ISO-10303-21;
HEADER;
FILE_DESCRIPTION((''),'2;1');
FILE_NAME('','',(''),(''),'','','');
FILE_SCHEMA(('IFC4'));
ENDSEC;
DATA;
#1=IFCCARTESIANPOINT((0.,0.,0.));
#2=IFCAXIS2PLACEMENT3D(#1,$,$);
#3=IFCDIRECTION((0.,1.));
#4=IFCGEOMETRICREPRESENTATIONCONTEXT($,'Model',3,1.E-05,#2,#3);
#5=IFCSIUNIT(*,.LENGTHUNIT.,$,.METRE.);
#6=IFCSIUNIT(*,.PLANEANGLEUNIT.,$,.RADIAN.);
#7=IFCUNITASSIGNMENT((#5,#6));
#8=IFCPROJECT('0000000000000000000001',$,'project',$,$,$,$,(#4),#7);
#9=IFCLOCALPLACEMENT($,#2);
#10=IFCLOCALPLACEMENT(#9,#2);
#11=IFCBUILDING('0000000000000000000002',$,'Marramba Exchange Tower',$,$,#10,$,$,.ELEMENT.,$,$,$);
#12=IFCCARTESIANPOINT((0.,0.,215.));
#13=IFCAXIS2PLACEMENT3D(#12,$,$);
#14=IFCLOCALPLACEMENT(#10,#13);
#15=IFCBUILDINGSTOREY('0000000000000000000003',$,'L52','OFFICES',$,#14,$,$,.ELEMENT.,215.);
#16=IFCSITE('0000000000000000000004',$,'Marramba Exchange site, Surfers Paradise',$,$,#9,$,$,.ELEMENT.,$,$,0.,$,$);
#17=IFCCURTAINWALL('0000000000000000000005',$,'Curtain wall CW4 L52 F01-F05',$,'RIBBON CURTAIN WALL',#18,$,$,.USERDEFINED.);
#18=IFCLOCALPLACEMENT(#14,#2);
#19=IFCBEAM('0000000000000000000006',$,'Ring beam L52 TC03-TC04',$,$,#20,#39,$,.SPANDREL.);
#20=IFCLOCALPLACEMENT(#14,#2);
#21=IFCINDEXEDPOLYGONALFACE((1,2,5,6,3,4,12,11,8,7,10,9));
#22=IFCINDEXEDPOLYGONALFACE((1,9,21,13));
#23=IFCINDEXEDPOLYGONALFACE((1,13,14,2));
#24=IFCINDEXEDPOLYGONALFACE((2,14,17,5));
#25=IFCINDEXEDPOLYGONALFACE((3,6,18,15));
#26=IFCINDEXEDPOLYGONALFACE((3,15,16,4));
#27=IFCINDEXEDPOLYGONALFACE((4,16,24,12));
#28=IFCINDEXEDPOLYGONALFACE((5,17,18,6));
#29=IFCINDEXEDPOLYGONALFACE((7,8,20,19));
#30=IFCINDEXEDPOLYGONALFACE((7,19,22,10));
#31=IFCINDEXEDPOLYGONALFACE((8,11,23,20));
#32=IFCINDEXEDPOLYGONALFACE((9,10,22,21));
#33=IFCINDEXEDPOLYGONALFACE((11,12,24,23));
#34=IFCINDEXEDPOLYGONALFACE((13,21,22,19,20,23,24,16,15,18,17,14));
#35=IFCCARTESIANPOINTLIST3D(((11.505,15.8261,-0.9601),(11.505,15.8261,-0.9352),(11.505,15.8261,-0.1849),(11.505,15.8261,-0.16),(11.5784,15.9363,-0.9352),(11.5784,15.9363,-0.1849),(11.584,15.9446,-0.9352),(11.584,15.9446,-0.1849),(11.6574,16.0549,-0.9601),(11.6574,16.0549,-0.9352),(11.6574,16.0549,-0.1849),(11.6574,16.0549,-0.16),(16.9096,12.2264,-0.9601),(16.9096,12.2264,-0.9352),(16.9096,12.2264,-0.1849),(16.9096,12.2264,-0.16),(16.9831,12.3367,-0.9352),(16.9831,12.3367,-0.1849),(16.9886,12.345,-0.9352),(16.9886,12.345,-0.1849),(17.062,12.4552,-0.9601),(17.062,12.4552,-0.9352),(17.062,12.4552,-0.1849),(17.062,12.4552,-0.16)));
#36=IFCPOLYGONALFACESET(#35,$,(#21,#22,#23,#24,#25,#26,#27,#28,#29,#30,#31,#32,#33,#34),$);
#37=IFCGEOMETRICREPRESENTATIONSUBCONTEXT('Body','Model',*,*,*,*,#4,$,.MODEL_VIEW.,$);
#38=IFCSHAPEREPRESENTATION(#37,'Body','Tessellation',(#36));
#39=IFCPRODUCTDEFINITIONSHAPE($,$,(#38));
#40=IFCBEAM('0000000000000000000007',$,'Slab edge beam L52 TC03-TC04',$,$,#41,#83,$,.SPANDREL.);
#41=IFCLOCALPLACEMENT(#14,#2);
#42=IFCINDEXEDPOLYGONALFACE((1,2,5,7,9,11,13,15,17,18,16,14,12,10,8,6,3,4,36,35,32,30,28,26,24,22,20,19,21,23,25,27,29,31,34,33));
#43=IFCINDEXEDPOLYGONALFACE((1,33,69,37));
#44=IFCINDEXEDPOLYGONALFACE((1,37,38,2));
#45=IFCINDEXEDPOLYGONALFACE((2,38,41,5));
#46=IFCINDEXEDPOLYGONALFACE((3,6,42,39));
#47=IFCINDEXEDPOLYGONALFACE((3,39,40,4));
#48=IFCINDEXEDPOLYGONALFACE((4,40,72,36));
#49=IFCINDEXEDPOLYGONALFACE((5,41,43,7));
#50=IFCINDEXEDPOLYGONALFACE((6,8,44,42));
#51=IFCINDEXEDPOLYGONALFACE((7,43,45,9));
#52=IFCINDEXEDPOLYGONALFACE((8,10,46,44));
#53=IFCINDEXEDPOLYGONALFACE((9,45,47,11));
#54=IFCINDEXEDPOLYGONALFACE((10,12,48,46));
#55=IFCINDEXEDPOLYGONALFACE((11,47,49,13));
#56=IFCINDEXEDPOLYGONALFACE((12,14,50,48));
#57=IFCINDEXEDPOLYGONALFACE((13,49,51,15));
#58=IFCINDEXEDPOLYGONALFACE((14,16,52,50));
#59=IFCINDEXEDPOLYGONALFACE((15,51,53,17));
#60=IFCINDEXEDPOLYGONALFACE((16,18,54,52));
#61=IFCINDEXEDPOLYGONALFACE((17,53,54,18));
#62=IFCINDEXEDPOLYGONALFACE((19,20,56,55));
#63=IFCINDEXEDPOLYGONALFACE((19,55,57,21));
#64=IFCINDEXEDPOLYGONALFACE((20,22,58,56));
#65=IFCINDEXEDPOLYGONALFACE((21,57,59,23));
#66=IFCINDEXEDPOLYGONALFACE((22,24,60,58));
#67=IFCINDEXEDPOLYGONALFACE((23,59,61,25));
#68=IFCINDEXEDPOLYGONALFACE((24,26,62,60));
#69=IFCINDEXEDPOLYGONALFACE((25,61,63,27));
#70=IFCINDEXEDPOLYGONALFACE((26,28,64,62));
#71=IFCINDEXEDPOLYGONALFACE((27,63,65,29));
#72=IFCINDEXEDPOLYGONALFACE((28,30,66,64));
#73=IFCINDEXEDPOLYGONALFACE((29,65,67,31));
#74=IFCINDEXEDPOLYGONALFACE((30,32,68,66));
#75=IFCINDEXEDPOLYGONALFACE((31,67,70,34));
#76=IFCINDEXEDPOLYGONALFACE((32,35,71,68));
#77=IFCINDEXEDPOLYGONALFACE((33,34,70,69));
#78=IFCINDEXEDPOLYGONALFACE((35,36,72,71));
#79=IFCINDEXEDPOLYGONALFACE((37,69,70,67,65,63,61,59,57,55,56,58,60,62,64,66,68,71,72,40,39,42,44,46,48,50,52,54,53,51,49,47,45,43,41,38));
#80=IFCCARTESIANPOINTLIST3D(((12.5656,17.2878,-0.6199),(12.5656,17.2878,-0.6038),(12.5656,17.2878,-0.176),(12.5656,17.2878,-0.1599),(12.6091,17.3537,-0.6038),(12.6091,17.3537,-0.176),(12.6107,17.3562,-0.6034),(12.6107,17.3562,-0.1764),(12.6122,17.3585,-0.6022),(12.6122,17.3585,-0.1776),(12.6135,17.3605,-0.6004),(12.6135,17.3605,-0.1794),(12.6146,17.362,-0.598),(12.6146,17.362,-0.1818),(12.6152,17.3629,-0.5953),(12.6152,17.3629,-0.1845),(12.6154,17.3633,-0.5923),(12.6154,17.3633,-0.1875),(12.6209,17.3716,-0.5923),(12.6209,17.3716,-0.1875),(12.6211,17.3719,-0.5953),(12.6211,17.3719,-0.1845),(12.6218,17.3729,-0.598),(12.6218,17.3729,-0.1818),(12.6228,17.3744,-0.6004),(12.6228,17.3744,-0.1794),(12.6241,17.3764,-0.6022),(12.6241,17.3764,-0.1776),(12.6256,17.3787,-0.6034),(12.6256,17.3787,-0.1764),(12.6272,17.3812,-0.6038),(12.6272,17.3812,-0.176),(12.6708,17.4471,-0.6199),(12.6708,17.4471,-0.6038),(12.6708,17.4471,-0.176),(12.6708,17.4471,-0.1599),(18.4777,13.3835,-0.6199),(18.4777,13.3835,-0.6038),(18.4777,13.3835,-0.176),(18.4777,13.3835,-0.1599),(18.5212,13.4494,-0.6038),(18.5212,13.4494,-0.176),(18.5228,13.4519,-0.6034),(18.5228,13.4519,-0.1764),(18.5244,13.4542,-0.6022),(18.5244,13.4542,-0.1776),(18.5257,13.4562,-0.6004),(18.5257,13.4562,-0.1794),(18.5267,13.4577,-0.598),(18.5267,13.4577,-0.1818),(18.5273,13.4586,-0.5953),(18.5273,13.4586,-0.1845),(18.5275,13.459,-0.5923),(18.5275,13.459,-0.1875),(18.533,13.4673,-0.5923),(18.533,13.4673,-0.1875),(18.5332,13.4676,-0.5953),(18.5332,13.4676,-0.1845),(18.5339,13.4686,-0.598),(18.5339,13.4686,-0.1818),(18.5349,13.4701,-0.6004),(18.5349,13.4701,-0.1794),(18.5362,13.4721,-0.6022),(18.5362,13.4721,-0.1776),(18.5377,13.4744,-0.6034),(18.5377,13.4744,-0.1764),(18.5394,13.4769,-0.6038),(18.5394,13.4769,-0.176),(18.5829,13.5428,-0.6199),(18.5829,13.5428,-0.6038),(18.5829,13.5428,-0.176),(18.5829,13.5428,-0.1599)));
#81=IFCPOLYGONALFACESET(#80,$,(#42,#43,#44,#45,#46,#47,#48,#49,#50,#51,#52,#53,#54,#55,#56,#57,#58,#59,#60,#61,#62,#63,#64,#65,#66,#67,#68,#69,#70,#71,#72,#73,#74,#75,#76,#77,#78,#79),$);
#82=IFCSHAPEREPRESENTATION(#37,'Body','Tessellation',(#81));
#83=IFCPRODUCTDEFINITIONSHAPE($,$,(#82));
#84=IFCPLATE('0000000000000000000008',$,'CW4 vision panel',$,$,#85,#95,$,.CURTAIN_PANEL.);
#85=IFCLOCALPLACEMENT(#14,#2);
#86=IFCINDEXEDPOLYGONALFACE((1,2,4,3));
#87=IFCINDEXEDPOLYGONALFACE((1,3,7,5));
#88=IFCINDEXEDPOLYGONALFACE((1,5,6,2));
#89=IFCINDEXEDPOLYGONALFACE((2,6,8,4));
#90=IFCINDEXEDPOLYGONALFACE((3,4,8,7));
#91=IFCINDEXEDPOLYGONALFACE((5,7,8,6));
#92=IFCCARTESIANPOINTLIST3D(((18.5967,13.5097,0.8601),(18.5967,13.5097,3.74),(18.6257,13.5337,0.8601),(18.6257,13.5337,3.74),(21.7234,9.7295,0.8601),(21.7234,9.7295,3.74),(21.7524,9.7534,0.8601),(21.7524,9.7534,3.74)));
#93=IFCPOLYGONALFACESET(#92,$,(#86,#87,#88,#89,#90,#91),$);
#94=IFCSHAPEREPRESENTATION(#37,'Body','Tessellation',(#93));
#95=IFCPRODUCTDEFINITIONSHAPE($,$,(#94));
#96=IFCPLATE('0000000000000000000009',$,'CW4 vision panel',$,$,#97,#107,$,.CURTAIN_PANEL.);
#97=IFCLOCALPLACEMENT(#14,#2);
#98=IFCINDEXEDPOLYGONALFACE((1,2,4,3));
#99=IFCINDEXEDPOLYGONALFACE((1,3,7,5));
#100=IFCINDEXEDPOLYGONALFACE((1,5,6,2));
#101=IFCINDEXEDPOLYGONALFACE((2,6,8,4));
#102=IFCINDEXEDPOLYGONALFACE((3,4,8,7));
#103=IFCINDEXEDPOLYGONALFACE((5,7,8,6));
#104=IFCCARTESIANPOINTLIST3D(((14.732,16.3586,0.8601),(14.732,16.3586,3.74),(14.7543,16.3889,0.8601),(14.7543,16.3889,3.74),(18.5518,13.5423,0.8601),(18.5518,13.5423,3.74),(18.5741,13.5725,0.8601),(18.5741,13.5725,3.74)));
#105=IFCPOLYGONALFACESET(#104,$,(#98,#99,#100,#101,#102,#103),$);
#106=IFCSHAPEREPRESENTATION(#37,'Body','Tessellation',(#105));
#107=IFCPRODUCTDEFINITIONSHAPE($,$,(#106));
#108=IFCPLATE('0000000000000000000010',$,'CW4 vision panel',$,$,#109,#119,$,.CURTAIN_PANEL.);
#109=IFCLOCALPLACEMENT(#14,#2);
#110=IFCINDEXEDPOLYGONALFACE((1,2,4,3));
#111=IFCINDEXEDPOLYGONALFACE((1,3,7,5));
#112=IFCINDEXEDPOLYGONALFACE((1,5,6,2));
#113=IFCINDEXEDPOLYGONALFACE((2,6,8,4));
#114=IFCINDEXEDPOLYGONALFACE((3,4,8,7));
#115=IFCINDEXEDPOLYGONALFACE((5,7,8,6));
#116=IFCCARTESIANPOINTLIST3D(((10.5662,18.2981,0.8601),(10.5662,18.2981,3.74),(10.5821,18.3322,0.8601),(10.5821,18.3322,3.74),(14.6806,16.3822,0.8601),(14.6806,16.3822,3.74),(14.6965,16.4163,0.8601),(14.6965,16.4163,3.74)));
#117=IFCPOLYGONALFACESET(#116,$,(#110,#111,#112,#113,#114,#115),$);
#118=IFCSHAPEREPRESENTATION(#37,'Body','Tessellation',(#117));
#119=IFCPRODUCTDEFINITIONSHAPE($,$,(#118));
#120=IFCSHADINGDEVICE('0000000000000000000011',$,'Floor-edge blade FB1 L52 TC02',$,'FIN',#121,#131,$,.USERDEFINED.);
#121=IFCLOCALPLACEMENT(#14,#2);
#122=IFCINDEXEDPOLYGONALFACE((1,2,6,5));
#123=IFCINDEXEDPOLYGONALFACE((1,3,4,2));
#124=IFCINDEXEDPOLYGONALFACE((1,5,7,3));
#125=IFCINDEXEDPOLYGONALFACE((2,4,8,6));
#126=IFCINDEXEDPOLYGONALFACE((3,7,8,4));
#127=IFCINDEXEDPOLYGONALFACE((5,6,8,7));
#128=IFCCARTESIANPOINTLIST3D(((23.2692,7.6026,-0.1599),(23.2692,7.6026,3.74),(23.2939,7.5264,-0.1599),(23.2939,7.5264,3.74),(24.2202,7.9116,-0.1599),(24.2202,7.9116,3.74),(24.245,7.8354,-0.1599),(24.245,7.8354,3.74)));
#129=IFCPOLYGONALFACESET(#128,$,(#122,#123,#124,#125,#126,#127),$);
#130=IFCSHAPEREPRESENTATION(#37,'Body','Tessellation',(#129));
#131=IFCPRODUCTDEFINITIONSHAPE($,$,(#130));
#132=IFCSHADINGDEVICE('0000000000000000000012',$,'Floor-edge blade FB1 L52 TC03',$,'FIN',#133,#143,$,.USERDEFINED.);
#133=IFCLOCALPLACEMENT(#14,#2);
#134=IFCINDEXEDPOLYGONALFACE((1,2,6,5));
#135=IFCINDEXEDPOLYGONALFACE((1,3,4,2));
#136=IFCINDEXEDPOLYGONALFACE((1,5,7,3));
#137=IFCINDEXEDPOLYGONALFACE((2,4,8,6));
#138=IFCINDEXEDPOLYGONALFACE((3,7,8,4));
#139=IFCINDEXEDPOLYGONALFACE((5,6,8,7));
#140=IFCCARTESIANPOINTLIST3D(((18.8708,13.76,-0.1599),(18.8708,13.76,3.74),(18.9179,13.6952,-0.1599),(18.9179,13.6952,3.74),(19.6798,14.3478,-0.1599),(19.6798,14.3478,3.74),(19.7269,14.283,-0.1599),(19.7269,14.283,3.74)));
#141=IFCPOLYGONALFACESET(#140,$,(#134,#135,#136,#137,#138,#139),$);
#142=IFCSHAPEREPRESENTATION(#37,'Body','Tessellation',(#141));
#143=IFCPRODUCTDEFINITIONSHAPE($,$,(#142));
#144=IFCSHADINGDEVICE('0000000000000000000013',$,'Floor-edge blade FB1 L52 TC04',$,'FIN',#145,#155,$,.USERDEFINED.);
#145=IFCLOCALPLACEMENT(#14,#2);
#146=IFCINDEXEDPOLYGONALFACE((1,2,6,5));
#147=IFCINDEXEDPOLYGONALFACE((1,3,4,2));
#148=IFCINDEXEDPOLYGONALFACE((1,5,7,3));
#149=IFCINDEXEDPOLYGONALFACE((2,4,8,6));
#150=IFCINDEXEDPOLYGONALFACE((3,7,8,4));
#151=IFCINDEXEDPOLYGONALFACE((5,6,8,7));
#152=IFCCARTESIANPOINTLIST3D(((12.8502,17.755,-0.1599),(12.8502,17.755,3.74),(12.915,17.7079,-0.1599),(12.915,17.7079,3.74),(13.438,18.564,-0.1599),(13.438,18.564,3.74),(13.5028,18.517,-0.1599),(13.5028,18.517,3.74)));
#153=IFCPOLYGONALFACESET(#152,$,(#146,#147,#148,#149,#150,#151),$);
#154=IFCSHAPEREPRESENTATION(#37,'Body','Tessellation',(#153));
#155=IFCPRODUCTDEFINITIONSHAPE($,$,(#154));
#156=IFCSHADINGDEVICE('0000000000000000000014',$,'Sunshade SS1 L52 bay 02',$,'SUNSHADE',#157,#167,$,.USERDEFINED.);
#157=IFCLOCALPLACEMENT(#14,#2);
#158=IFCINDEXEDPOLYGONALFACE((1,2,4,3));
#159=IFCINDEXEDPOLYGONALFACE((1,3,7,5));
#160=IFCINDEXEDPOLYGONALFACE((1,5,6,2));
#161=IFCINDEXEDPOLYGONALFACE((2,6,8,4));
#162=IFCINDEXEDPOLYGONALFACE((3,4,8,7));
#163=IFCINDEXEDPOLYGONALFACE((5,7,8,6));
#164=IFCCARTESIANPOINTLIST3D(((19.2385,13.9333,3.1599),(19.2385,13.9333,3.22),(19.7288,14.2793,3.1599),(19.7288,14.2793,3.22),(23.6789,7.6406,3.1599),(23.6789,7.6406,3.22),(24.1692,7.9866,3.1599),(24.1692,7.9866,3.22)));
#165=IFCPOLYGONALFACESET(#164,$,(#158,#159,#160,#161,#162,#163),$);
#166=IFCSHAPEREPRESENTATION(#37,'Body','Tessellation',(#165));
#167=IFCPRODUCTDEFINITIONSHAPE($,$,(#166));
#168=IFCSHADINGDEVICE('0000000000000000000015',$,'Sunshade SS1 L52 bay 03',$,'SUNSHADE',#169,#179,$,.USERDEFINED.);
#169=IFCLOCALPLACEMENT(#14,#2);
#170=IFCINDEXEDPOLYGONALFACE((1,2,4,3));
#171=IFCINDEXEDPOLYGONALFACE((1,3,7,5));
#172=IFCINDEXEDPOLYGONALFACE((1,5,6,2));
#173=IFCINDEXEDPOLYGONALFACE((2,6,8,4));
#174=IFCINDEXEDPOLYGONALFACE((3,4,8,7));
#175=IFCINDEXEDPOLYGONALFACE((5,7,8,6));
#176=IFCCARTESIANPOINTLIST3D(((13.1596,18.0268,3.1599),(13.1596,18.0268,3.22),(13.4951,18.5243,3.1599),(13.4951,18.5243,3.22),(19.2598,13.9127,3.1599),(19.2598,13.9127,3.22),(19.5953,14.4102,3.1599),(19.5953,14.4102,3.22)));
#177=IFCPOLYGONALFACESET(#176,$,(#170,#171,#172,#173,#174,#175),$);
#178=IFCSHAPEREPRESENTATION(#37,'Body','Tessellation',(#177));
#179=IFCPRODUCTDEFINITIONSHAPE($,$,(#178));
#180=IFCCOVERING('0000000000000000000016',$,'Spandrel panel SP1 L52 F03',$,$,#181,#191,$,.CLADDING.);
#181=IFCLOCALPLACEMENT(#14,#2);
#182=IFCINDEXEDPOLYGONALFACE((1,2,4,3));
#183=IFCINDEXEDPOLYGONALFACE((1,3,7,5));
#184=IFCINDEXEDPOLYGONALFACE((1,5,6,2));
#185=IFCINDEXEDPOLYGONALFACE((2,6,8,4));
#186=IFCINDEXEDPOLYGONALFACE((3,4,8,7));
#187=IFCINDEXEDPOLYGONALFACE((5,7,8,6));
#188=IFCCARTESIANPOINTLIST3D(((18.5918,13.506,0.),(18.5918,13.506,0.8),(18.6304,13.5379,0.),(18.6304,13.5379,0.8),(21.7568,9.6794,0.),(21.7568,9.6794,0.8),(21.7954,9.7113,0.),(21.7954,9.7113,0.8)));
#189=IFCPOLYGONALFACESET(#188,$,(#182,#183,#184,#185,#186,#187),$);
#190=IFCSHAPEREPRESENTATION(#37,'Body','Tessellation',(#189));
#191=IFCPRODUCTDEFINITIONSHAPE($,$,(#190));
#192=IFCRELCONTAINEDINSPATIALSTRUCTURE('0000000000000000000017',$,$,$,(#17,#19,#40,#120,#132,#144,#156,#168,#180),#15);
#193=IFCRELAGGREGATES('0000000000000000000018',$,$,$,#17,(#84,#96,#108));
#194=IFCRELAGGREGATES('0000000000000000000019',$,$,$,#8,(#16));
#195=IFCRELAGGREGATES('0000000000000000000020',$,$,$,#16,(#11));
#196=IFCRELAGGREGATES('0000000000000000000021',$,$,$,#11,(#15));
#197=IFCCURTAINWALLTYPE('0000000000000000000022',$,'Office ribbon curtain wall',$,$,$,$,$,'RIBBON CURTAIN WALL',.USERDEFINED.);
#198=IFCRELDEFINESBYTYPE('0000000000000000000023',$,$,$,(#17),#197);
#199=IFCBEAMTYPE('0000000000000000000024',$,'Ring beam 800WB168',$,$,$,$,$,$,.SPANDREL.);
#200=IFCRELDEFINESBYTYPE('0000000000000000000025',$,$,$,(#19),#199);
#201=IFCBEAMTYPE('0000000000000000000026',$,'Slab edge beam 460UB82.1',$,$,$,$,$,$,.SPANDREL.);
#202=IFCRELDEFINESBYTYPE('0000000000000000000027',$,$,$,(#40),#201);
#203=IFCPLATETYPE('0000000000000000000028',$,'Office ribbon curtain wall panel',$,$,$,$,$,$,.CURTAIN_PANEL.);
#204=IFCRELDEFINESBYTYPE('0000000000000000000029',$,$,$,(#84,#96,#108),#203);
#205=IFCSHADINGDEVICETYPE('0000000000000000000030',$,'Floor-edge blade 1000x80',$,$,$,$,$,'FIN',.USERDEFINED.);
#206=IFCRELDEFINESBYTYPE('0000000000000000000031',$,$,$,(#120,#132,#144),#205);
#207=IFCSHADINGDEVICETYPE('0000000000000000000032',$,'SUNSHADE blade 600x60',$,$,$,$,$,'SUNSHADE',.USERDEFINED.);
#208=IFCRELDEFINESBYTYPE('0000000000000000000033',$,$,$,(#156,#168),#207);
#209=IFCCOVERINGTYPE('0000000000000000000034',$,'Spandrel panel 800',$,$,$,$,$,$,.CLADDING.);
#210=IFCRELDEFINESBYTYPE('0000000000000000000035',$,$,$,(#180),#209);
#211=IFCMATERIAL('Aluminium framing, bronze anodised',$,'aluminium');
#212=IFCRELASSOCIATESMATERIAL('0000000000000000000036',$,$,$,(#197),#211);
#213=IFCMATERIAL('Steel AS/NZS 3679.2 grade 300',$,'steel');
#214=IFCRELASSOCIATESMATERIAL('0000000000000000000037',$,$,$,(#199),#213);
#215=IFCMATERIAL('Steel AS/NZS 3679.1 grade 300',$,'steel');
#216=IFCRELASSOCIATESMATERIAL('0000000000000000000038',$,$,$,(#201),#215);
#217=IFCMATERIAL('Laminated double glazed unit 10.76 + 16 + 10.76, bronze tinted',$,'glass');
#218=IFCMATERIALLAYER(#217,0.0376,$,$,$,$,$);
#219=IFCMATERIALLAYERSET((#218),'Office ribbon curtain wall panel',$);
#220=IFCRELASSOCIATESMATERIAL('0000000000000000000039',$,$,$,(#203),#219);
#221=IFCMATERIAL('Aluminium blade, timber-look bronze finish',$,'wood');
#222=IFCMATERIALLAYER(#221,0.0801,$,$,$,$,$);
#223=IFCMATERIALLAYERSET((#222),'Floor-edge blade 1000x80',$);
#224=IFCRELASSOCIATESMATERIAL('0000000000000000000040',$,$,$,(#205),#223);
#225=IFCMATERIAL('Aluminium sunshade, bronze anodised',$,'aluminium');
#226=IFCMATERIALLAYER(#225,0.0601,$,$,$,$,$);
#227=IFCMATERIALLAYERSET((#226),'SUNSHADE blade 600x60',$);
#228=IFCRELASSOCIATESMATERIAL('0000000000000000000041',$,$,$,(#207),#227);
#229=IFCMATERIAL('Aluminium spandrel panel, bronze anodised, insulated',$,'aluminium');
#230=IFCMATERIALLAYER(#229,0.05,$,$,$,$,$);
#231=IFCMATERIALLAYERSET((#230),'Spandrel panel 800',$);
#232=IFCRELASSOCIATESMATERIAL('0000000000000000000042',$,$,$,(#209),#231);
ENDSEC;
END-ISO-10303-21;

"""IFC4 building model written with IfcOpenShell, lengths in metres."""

from ifc_helpers import new_model, si_unit, direction, frame, origin, origin_2d, place, context, subcontext, project, spatial, rectangle, i_section, extrude, material, layer, layer_set, material_profile, profile_set, type_object, element, aggregate, save


model = new_model("IFC4")

# Units and contexts
model_context = context("Model", 3, precision=1e-05, world=origin(), true_north=direction((0.0, 1.0)))
body_context = subcontext(model_context, "Body", "Model", "MODEL_VIEW")
ifc_project = project(units=[si_unit("LENGTHUNIT", "METRE"), si_unit("PLANEANGLEUNIT", "RADIAN")], contexts=[model_context])

# Site, building, storey
site_placement = place(None, origin())
site = spatial("IfcSite", under=ifc_project, at=site_placement, Name="Marramba Exchange site, Surfers Paradise", CompositionType="ELEMENT", RefElevation=0.0)
building_placement = place(site_placement, origin())
building = spatial("IfcBuilding", under=site, at=building_placement, Name="Marramba Exchange Tower", CompositionType="ELEMENT")
storey_placement = place(building_placement, frame((0.0, 0.0, 215.0)))
storey = spatial("IfcBuildingStorey", under=building, at=storey_placement, Name="L52", Description="OFFICES", CompositionType="ELEMENT", Elevation=215.0)

# Shared definitions
ifc_material_1 = material(Name="Steel AS/NZS 3679.2 grade 300", Category="steel")
ifc_material_2 = material(Name="Steel AS/NZS 3679.1 grade 300", Category="steel")

# Curtain wall
ifc_material_3 = material(Name="Aluminium framing, bronze anodised", Category="aluminium")
curtain_wall_type = type_object("IfcCurtainWallType", Name="Office ribbon curtain wall", ElementType="RIBBON CURTAIN WALL", PredefinedType="USERDEFINED", material=ifc_material_3)
curtain_wall_placement = place(storey_placement, origin())
curtain_wall = element("IfcCurtainWall", 1, at=curtain_wall_placement, inside=storey, type_object=curtain_wall_type, Name="Curtain wall CW4 L52 F01-F05", ObjectType="RIBBON CURTAIN WALL", PredefinedType="USERDEFINED")

# Beams
ifc_material_profile_1 = material_profile(ifc_material_1, i_section(OverallWidth=0.2749, OverallDepth=0.8, WebThickness=0.01, FlangeThickness=0.0249, at=origin_2d()), Name="800WB168")
ifc_profile_set_1 = profile_set([ifc_material_profile_1], Name="Steel AS/NZS 3679.2 grade 300")
beam_type_1 = type_object("IfcBeamType", Name="Ring beam 800WB168", PredefinedType="SPANDREL", material=ifc_profile_set_1)
beam_1_placement = place(storey_placement, frame((16.9858, 12.3408, -0.5601), z_axis=(-0.832293, 0.554336, 0.0), x_axis=(-0.554336, -0.832293, 0.0)))
element("IfcBeam", 2, at=beam_1_placement, inside=storey, type_object=beam_type_1, Name="Ring beam L52 TC03-TC04", PredefinedType="SPANDREL", context=body_context, shape_type="SweptSolid", body=[
    extrude(i_section(OverallWidth=0.2749, OverallDepth=0.8, WebThickness=0.01, FlangeThickness=0.0249, at=origin_2d()), origin(), (0.0, 0.0, 1.0), 6.4937),
])
ifc_material_profile_2 = material_profile(ifc_material_2, i_section(OverallWidth=0.1909, OverallDepth=0.46, WebThickness=0.01, FlangeThickness=0.0161, FilletRadius=0.0115, at=origin_2d()), Name="460UB82.1")
ifc_profile_set_2 = profile_set([ifc_material_profile_2], Name="Steel AS/NZS 3679.1 grade 300")
beam_type_2 = type_object("IfcBeamType", Name="Slab edge beam 460UB82.1", PredefinedType="SPANDREL", material=ifc_profile_set_2)
beam_2_placement = place(storey_placement, frame((18.5303, 13.4631, -0.3899), z_axis=(-0.83446, 0.551069, 0.0), x_axis=(-0.551069, -0.83446, 0.0)))
element("IfcBeam", 3, at=beam_2_placement, inside=storey, type_object=beam_type_2, Name="Slab edge beam L52 TC03-TC04", PredefinedType="SPANDREL", context=body_context, shape_type="SweptSolid", body=[
    extrude(i_section(OverallWidth=0.1909, OverallDepth=0.46, WebThickness=0.01, FlangeThickness=0.0161, FilletRadius=0.0115, at=origin_2d()), origin(), (0.0, 0.0, 1.0), 7.085),
])

# Plates
ifc_material_4 = material(Name="Laminated double glazed unit 10.76 + 16 + 10.76, bronze tinted", Category="glass")
ifc_layer_1 = layer(ifc_material_4, 0.0376)
ifc_layer_set_1 = layer_set([ifc_layer_1], Name="Office ribbon curtain wall panel")
plate_type = type_object("IfcPlateType", Name="Office ribbon curtain wall panel", PredefinedType="CURTAIN_PANEL", material=ifc_layer_set_1)
plate_1_placement = place(storey_placement, frame((20.1746, 11.6316, 0.8601), z_axis=(0.0, 0.0, 1.0), x_axis=(-0.63735, 0.770574, 0.0)))
plate_1 = element("IfcPlate", 4, at=plate_1_placement, type_object=plate_type, Name="CW4 vision panel", PredefinedType="CURTAIN_PANEL", context=body_context, shape_type="SweptSolid", body=[
    extrude(rectangle(XDim=4.9058, YDim=0.0376, at=origin_2d()), origin(), (0.0, 0.0, 1.0), 2.8799),
])
plate_2_placement = place(storey_placement, frame((16.6531, 14.9656, 0.8601), z_axis=(0.0, 0.0, 1.0), x_axis=(-0.804877, 0.593441, 0.0)))
plate_2 = element("IfcPlate", 5, at=plate_2_placement, type_object=plate_type, Name="CW4 vision panel", PredefinedType="CURTAIN_PANEL", context=body_context, shape_type="SweptSolid", body=[
    extrude(rectangle(XDim=4.7458, YDim=0.0376, at=origin_2d()), origin(), (0.0, 0.0, 1.0), 2.8799),
])
plate_3_placement = place(storey_placement, frame((12.6313, 17.3572, 0.8601), z_axis=(0.0, 0.0, 1.0), x_axis=(-0.906534, 0.422133, 0.0)))
plate_3 = element("IfcPlate", 6, at=plate_3_placement, type_object=plate_type, Name="CW4 vision panel", PredefinedType="CURTAIN_PANEL", context=body_context, shape_type="SweptSolid", body=[
    extrude(rectangle(XDim=4.5386, YDim=0.0376, at=origin_2d()), origin(), (0.0, 0.0, 1.0), 2.8799),
])
aggregate(curtain_wall, [plate_1, plate_2, plate_3])

# Shading devices
ifc_material_5 = material(Name="Aluminium blade, timber-look bronze finish", Category="wood")
ifc_layer_2 = layer(ifc_material_5, 0.0801)
ifc_layer_set_2 = layer_set([ifc_layer_2], Name="Floor-edge blade 1000x80")
shading_device_type_1 = type_object("IfcShadingDeviceType", Name="Floor-edge blade 1000x80", ElementType="FIN", PredefinedType="USERDEFINED", material=ifc_layer_set_2)
for number, where, z_axis, x_axis, name in (
    (7, (23.7571, 7.719, -0.1599), (0.0, 0.0, 1.0), (0.951057, 0.309017, 0.0), "Floor-edge blade FB1 L52 TC02"),
    (8, (19.2988, 14.0215, -0.1599), (0.0, 0.0, 1.0), (0.809017, 0.587785, 0.0), "Floor-edge blade FB1 L52 TC03"),
    (9, (13.1765, 18.136, -0.1599), (0.0, 0.0, 1.0), (0.587785, 0.809017, 0.0), "Floor-edge blade FB1 L52 TC04"),
):
    element("IfcShadingDevice", number, at=place(storey_placement, frame(where, z_axis=z_axis, x_axis=x_axis)), inside=storey, type_object=shading_device_type_1, Name=name, ObjectType="FIN", PredefinedType="USERDEFINED", context=body_context, shape_type="SweptSolid", body=[
        extrude(rectangle(XDim=1.0, YDim=0.0801, at=origin_2d()), origin(), (0.0, 0.0, 1.0), 3.8999),
    ])
ifc_material_6 = material(Name="Aluminium sunshade, bronze anodised", Category="aluminium")
ifc_layer_3 = layer(ifc_material_6, 0.0601)
ifc_layer_set_3 = layer_set([ifc_layer_3], Name="SUNSHADE blade 600x60")
shading_device_type_2 = type_object("IfcShadingDeviceType", Name="SUNSHADE blade 600x60", ElementType="SUNSHADE", PredefinedType="USERDEFINED", material=ifc_layer_set_3)
shading_device_1_placement = place(storey_placement, frame((21.7039, 10.96, 3.1599), z_axis=(0.0, 0.0, 1.0), x_axis=(-0.576555, 0.817058, 0.0)))
element("IfcShadingDevice", 10, at=shading_device_1_placement, inside=storey, type_object=shading_device_type_2, Name="Sunshade SS1 L52 bay 02", ObjectType="SUNSHADE", PredefinedType="USERDEFINED", context=body_context, shape_type="SweptSolid", body=[
    extrude(rectangle(XDim=7.7017, YDim=0.6001, at=origin_2d()), origin(), (0.0, 0.0, 1.0), 0.0601),
])
shading_device_2_placement = place(storey_placement, frame((16.3774, 16.2185, 3.1599), z_axis=(0.0, 0.0, 1.0), x_axis=(-0.829071, 0.559143, 0.0)))
element("IfcShadingDevice", 11, at=shading_device_2_placement, inside=storey, type_object=shading_device_type_2, Name="Sunshade SS1 L52 bay 03", ObjectType="SUNSHADE", PredefinedType="USERDEFINED", context=body_context, shape_type="SweptSolid", body=[
    extrude(rectangle(XDim=7.3579, YDim=0.6001, at=origin_2d()), origin(), (0.0, 0.0, 1.0), 0.0601),
])

# Covering
ifc_material_7 = material(Name="Aluminium spandrel panel, bronze anodised, insulated", Category="aluminium")
ifc_layer_4 = layer(ifc_material_7, 0.05)
ifc_layer_set_4 = layer_set([ifc_layer_4], Name="Spandrel panel 800")
covering_type = type_object("IfcCoveringType", Name="Spandrel panel 800", PredefinedType="CLADDING", material=ifc_layer_set_4)
covering_1_placement = place(storey_placement, frame((20.1936, 11.6086, 0.0), z_axis=(0.0, 0.0, 1.0), x_axis=(-0.63735, 0.770574, 0.0)))
element("IfcCovering", 12, at=covering_1_placement, inside=storey, type_object=covering_type, Name="Spandrel panel SP1 L52 F03", PredefinedType="CLADDING", context=body_context, shape_type="SweptSolid", body=[
    extrude(rectangle(XDim=4.9658, YDim=0.05, at=origin_2d()), origin(), (0.0, 0.0, 1.0), 0.8),
])

save(model, "model.ifc")
